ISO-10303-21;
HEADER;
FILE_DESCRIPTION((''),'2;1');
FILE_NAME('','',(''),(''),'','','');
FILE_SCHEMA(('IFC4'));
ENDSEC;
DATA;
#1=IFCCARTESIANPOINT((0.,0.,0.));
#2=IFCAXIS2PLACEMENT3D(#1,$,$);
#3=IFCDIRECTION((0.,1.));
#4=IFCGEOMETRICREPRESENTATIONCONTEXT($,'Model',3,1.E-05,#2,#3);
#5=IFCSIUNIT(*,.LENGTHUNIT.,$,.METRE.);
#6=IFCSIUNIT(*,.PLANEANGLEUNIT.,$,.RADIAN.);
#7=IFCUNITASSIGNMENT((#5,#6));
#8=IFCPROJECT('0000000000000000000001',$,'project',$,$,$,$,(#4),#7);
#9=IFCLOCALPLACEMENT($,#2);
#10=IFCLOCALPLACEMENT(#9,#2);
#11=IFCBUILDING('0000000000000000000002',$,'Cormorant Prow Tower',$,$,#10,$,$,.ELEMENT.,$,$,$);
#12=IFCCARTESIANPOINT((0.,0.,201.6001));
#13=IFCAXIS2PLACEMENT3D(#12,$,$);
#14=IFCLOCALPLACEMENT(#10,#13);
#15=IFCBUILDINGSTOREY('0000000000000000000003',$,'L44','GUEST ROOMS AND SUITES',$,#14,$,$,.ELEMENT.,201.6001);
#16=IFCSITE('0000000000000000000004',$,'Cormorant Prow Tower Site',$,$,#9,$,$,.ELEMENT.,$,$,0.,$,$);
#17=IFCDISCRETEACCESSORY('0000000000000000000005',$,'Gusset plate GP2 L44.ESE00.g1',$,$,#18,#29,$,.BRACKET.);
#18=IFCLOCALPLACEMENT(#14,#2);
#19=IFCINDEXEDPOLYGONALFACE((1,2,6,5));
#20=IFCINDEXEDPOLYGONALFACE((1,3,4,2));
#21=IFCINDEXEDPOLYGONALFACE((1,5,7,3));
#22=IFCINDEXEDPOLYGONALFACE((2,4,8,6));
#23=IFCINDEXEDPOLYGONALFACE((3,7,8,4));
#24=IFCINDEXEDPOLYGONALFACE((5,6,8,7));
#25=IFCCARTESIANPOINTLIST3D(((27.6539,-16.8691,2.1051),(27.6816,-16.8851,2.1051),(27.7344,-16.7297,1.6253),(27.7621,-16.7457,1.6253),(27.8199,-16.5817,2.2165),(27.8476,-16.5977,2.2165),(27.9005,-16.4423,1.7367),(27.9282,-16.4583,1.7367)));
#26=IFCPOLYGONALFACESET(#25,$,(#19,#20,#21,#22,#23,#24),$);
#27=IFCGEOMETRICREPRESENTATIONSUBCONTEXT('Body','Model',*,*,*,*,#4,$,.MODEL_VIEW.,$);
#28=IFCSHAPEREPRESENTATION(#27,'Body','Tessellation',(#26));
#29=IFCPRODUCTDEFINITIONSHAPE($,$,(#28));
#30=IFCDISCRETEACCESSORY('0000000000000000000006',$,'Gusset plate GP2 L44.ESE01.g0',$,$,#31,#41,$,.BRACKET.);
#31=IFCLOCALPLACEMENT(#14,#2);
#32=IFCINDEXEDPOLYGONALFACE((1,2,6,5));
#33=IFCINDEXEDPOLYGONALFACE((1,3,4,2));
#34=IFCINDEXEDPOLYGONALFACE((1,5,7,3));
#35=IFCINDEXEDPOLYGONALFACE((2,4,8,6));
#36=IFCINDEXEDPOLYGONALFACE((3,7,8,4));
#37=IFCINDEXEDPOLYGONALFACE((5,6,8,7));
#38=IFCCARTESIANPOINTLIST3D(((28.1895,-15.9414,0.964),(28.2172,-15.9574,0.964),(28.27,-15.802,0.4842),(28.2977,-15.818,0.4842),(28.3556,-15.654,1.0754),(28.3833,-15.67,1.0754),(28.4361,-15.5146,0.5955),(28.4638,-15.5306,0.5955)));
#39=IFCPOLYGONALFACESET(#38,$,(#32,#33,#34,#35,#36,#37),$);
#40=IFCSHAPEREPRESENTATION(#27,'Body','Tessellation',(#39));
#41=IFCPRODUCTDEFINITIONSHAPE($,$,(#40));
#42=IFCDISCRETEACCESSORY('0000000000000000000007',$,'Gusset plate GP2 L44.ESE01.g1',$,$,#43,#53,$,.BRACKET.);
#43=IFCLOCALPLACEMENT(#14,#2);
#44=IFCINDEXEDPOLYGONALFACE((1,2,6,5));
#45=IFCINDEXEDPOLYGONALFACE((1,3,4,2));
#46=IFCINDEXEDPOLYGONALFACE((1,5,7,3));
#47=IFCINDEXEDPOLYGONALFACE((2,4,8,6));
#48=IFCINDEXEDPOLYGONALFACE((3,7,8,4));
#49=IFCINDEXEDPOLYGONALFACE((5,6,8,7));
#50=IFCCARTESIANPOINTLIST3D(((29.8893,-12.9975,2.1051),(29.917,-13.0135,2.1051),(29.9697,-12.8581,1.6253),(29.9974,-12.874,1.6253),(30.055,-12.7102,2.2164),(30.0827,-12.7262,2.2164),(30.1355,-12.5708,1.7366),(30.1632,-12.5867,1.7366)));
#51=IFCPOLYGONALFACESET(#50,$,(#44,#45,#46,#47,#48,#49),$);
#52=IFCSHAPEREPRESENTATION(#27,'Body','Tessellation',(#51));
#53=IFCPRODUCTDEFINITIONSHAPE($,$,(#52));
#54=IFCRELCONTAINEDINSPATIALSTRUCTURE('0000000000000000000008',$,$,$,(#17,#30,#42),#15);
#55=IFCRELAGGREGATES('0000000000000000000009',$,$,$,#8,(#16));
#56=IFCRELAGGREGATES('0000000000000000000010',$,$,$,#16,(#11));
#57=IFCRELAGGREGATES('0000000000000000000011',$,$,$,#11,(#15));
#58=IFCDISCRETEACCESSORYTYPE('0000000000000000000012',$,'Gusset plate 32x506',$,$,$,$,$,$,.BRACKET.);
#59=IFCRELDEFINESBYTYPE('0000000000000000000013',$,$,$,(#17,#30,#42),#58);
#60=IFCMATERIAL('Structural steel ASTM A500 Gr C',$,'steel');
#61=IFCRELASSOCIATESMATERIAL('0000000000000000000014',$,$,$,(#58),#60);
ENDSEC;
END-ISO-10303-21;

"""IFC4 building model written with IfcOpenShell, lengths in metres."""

from ifc_helpers import new_model, si_unit, direction, frame, origin, origin_2d, place, context, subcontext, project, spatial, rectangle, extrude, material, material_profile, profile_set, type_object, element, save


model = new_model("IFC4")

# Units and contexts
model_context = context("Model", 3, precision=1e-05, world=origin(), true_north=direction((0.0, 1.0)))
body_context = subcontext(model_context, "Body", "Model", "MODEL_VIEW")
ifc_project = project(units=[si_unit("LENGTHUNIT", "METRE"), si_unit("PLANEANGLEUNIT", "RADIAN")], contexts=[model_context])

# Site, building, storey
site_placement = place(None, origin())
site = spatial("IfcSite", under=ifc_project, at=site_placement, Name="Cormorant Prow Tower Site", CompositionType="ELEMENT", RefElevation=0.0)
building_placement = place(site_placement, origin())
building = spatial("IfcBuilding", under=site, at=building_placement, Name="Cormorant Prow Tower", CompositionType="ELEMENT")
storey_placement = place(building_placement, frame((0.0, 0.0, 201.6001)))
storey = spatial("IfcBuildingStorey", under=building, at=storey_placement, Name="L44", Description="GUEST ROOMS AND SUITES", CompositionType="ELEMENT", Elevation=201.6001)

# Discrete accessories
ifc_material_1 = material(Name="Structural steel ASTM A500 Gr C", Category="steel")
ifc_material_profile_1 = material_profile(ifc_material_1, rectangle(XDim=0.032, YDim=0.5061, at=origin_2d()), Name="Gusset plate 32x506")
ifc_profile_set_1 = profile_set([ifc_material_profile_1], Name="Structural steel ASTM A500 Gr C")
discrete_accessory_type = type_object("IfcDiscreteAccessoryType", Name="Gusset plate 32x506", PredefinedType="BRACKET", material=ifc_profile_set_1)
for number, where, z_axis, x_axis, name in (
    (1, (27.708, -16.8074, 1.8652), (0.474278, 0.820919, 0.318045), (-0.865879, 0.500253, 0.0), "Gusset plate GP2 L44.ESE00.g1"),
    (2, (28.4097, -15.5923, 0.8354), (-0.474278, -0.820919, -0.318045), (0.865879, -0.500253, 0.0), "Gusset plate GP2 L44.ESE01.g0"),
):
    element("IfcDiscreteAccessory", number, at=place(storey_placement, frame(where, z_axis=z_axis, x_axis=x_axis)), inside=storey, type_object=discrete_accessory_type, Name=name, PredefinedType="BRACKET", context=body_context, shape_type="SweptSolid", body=[
        extrude(rectangle(XDim=0.032, YDim=0.5061, at=origin_2d()), origin(), (0.0, 0.0, 1.0), 0.3501),
    ])
discrete_accessory_1_placement = place(storey_placement, frame((29.9434, -12.9358, 1.8652), z_axis=(0.473737, 0.82119, 0.31815), x_axis=(-0.866198, 0.499701, 0.0)))
element("IfcDiscreteAccessory", 3, at=discrete_accessory_1_placement, inside=storey, type_object=discrete_accessory_type, Name="Gusset plate GP2 L44.ESE01.g1", PredefinedType="BRACKET", context=body_context, shape_type="SweptSolid", body=[
    extrude(rectangle(XDim=0.032, YDim=0.5061, at=origin_2d()), origin(), (0.0, 0.0, 1.0), 0.3499),
])

save(model, "model.ifc")
